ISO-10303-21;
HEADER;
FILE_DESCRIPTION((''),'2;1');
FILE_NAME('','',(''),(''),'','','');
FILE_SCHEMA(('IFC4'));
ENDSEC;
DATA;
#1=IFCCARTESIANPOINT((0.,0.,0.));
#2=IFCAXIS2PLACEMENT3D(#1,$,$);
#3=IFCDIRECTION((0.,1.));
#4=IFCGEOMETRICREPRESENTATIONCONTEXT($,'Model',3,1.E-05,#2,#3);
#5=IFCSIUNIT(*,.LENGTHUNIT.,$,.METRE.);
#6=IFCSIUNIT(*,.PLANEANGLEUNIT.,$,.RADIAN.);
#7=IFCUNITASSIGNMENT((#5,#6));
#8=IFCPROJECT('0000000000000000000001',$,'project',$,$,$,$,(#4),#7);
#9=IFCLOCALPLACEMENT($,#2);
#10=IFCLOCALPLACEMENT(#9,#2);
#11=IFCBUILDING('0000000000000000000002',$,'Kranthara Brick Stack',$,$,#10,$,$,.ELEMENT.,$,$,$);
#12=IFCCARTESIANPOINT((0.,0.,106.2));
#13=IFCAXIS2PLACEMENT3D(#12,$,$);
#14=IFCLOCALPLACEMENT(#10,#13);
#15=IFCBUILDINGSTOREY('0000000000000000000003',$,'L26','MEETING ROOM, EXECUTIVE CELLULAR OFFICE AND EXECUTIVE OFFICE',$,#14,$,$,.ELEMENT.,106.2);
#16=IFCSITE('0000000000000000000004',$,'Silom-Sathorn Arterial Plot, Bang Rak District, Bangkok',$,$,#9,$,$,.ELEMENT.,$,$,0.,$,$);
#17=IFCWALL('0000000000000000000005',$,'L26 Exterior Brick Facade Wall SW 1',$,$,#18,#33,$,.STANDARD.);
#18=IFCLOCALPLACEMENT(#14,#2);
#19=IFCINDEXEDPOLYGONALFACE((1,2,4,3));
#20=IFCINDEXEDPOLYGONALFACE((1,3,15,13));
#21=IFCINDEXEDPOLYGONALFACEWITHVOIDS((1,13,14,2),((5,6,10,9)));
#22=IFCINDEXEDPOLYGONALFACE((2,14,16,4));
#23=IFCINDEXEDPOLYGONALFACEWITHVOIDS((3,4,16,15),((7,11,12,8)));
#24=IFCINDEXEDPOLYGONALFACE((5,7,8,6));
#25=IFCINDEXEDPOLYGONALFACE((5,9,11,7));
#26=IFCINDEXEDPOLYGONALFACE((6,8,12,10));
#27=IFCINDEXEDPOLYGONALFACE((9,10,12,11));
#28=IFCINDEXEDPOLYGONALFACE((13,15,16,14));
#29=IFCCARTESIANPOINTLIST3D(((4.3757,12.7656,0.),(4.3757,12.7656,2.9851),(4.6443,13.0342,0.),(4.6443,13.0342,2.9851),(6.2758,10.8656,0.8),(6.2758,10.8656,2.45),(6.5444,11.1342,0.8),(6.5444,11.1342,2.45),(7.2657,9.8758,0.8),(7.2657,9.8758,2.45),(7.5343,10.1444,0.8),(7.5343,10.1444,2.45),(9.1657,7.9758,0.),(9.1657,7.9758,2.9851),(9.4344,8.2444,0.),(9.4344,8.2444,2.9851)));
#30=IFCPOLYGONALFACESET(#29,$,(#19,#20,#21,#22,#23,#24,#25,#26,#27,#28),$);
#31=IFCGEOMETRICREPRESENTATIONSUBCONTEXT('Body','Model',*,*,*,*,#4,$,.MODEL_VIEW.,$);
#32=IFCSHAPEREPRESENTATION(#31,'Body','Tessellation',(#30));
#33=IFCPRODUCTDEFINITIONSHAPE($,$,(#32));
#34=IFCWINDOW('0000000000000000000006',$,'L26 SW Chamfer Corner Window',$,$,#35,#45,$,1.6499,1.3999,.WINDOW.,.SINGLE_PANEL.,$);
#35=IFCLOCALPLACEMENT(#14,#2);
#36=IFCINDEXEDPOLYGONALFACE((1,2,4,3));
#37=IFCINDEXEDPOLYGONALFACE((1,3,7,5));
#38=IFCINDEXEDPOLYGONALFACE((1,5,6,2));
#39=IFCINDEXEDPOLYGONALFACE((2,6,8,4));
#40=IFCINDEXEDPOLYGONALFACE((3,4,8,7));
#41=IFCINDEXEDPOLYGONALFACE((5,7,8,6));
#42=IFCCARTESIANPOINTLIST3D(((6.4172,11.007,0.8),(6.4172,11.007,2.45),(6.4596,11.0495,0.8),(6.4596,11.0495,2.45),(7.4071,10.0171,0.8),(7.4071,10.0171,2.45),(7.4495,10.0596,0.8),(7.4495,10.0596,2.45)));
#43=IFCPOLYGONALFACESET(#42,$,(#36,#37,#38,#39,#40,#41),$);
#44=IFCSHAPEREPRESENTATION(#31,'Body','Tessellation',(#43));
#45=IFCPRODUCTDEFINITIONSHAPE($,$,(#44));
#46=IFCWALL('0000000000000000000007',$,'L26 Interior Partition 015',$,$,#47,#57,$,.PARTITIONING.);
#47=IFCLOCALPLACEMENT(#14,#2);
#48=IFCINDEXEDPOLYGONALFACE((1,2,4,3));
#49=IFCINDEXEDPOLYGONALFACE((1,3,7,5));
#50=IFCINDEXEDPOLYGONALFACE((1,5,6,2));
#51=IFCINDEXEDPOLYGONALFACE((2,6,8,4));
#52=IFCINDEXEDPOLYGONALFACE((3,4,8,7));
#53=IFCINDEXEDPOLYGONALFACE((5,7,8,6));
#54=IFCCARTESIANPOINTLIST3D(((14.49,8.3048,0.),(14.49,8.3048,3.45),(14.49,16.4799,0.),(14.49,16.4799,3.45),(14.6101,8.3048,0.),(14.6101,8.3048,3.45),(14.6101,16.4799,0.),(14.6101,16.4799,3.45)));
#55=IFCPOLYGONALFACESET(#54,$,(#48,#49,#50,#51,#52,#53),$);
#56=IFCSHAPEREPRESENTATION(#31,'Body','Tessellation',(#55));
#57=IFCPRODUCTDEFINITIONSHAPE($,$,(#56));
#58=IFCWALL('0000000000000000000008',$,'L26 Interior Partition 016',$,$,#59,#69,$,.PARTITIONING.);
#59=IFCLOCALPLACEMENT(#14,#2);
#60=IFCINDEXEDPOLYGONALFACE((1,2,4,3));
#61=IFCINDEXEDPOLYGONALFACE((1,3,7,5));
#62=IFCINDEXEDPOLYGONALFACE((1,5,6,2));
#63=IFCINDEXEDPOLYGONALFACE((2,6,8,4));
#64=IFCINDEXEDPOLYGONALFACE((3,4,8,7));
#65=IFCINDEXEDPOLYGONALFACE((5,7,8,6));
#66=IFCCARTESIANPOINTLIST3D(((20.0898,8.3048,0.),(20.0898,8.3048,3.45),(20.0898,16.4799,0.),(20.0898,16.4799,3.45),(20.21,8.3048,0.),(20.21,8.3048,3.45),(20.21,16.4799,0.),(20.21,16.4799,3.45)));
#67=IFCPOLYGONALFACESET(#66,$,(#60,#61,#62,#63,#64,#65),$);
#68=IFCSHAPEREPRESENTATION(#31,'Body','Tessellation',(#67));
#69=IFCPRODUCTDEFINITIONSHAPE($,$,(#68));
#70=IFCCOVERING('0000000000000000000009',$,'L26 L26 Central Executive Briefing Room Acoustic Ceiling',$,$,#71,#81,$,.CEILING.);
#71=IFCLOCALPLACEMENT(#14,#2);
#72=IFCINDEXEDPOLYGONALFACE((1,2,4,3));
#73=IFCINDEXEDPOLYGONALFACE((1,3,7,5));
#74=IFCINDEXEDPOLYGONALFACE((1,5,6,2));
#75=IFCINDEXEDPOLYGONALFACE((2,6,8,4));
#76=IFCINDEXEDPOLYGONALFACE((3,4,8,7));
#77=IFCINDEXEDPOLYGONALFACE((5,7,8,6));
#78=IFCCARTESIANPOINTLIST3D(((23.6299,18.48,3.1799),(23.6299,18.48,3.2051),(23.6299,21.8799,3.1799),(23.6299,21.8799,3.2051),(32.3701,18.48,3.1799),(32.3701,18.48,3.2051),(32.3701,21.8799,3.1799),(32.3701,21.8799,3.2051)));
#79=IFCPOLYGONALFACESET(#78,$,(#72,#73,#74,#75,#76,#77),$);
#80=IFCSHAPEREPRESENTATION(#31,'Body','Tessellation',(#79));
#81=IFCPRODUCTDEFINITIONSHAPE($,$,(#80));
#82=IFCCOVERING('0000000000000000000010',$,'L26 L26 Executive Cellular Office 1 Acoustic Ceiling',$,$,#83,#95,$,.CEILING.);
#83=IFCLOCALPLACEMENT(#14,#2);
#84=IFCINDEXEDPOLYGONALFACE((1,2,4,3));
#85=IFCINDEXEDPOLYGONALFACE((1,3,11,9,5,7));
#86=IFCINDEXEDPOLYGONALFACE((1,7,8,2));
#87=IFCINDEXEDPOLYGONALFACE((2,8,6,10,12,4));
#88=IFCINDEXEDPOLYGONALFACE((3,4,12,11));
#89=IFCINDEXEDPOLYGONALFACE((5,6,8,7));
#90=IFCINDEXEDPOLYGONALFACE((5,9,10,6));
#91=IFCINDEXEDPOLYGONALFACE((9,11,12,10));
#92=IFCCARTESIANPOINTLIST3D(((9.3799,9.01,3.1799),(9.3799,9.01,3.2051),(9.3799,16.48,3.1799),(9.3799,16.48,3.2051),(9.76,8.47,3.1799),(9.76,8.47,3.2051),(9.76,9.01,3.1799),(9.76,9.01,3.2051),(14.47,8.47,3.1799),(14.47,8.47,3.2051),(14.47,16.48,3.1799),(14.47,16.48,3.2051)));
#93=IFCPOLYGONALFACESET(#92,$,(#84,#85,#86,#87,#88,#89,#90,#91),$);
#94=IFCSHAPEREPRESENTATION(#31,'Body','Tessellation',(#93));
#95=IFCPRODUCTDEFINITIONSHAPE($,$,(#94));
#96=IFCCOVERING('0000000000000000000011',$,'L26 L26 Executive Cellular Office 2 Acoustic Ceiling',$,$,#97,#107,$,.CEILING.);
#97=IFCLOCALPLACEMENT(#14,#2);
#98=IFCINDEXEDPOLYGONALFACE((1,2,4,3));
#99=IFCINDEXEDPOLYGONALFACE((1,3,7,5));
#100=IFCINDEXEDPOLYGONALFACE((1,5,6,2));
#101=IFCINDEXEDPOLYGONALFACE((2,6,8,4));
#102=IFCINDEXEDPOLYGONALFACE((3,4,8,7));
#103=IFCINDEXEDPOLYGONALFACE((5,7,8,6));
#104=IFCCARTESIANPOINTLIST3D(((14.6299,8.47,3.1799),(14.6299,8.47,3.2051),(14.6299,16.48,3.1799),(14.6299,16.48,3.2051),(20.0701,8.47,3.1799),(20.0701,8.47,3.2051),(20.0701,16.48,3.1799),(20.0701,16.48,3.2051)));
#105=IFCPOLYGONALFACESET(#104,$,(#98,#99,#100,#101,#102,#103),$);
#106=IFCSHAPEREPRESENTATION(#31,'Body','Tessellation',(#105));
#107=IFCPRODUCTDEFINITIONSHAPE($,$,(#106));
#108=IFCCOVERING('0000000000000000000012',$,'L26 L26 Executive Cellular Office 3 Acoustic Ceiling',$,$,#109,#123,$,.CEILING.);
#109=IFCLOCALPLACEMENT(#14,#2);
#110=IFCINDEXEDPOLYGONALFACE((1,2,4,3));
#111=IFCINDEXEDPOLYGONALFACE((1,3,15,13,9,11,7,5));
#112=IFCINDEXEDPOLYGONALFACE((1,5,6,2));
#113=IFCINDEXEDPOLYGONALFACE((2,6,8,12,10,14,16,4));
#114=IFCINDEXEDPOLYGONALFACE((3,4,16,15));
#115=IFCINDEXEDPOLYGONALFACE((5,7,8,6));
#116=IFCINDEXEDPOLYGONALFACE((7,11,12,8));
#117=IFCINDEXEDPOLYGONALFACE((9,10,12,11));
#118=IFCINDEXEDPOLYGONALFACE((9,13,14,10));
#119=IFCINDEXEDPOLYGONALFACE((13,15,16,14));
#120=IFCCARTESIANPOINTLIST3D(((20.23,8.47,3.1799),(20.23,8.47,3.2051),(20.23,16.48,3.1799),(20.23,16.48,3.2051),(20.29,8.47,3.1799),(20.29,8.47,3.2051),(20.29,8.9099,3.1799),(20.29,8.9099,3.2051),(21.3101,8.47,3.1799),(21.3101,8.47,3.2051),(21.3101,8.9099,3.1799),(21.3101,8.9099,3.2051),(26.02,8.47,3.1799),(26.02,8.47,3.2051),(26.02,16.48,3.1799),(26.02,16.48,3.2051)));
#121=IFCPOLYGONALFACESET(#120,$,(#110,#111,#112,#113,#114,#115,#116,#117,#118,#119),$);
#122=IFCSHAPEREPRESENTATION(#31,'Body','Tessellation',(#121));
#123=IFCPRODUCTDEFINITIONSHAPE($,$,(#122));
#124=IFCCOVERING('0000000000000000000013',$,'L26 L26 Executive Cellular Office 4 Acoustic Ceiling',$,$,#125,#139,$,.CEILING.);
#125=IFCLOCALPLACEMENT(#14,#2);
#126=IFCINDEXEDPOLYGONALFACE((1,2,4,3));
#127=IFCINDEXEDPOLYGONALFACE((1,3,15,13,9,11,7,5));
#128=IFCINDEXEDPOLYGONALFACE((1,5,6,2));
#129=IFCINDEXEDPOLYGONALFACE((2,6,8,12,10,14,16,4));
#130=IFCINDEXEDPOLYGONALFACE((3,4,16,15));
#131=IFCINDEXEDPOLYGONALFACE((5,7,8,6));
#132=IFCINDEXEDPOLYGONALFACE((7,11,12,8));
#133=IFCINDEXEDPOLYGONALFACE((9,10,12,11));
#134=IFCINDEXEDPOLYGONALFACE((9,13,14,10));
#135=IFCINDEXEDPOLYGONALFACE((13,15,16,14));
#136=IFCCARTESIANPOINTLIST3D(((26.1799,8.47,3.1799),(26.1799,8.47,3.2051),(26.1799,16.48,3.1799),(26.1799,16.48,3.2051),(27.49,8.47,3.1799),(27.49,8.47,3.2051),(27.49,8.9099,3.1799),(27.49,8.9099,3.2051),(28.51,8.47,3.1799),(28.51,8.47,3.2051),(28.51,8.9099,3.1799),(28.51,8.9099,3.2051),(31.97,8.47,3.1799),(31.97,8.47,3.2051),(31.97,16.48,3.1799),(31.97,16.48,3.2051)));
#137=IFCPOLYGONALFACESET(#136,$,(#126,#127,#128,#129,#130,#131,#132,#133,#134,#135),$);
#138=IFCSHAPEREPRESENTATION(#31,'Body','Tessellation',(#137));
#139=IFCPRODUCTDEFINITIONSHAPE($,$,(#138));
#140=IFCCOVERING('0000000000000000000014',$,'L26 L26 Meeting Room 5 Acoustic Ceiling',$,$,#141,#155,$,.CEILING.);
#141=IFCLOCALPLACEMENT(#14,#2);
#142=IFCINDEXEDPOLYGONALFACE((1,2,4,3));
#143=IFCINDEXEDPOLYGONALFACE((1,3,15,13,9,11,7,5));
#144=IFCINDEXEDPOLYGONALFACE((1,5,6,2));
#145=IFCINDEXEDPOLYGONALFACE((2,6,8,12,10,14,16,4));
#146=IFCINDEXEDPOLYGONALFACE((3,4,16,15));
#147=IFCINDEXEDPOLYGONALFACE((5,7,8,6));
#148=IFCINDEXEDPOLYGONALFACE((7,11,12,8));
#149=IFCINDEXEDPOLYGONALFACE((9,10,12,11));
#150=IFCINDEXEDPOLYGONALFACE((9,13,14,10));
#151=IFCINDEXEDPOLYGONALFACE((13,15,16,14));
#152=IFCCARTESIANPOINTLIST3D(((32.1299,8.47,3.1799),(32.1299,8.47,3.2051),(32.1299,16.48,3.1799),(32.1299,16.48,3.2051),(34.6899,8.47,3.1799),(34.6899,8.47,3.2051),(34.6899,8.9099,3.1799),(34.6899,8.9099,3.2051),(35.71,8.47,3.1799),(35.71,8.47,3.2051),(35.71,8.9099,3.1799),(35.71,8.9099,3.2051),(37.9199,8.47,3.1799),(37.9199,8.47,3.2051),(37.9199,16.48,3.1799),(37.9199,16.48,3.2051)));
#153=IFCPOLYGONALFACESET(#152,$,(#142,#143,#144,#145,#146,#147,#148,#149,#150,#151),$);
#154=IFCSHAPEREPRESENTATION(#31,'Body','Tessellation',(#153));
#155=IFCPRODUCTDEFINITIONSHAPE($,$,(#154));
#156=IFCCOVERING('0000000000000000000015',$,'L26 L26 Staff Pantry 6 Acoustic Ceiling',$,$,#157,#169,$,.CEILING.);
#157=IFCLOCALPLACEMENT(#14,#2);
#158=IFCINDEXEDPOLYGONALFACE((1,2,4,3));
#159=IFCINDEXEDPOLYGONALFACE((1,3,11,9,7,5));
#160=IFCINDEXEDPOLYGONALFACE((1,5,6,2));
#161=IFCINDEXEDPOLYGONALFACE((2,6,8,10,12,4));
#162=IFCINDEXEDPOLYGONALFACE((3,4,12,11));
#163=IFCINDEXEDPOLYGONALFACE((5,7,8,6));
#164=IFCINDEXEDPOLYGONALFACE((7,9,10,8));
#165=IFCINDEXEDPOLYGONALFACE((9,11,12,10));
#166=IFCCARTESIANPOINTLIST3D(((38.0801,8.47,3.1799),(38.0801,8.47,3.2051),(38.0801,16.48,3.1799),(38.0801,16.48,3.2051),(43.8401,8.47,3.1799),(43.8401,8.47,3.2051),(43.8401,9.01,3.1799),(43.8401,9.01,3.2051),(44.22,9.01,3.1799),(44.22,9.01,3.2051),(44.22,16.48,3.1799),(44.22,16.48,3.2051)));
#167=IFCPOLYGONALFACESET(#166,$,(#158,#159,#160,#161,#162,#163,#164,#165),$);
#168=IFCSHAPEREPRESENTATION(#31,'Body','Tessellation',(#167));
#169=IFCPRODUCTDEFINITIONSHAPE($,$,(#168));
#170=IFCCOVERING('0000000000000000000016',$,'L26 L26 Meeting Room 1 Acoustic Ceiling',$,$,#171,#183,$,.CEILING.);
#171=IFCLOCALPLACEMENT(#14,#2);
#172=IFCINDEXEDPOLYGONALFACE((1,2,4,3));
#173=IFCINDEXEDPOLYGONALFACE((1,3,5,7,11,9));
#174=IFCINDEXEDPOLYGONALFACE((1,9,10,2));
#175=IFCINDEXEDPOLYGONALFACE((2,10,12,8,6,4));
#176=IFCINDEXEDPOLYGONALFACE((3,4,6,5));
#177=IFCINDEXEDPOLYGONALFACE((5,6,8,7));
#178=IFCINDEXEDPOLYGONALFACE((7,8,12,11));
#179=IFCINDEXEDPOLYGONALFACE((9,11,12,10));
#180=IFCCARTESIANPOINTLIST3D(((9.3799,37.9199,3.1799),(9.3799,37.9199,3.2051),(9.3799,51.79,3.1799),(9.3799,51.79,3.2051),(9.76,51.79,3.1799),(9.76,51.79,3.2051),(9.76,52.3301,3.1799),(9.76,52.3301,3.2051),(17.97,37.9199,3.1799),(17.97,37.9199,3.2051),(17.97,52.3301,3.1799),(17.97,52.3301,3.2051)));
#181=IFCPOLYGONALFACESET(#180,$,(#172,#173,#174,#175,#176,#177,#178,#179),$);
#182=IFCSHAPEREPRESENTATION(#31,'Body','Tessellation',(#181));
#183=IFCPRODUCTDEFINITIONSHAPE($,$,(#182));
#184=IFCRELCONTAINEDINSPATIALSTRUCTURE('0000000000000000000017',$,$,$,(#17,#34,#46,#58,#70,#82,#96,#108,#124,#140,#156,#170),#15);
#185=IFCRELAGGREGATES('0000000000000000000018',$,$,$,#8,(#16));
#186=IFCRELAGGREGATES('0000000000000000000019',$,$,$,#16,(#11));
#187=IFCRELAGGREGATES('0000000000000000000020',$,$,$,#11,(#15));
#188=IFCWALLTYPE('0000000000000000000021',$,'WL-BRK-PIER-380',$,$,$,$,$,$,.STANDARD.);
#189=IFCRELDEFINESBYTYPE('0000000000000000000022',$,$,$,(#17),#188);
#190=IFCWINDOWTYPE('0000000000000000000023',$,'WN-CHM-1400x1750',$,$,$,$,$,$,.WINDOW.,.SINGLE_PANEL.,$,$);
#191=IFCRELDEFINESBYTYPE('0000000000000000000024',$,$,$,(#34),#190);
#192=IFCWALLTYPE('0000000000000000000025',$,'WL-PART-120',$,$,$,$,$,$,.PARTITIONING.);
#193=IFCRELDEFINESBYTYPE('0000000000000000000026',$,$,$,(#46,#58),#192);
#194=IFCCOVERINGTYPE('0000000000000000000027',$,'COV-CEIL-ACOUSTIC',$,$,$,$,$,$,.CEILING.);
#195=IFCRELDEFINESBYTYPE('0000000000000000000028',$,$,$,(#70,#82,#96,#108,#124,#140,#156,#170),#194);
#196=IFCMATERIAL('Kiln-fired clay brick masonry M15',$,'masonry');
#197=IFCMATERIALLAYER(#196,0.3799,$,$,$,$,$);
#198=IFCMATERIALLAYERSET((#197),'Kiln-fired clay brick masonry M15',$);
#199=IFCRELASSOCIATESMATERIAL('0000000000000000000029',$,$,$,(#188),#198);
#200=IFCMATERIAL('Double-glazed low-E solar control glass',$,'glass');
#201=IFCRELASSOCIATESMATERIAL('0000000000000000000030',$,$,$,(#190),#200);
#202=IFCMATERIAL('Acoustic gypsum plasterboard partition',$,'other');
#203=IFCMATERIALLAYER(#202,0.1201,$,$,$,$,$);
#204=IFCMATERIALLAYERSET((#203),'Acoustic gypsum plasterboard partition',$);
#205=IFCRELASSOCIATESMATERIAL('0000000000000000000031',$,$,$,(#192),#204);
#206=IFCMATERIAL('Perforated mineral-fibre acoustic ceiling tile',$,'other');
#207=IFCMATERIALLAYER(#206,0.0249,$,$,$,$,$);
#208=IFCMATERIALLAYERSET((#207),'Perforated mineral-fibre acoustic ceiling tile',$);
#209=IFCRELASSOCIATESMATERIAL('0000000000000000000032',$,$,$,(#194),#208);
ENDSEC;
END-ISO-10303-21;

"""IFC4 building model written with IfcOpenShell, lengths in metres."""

from ifc_helpers import new_model, si_unit, direction, frame, frame_2d, origin, place, context, subcontext, project, spatial, polyline, rectangle, outline, extrude, material, layer, layer_set, type_object, element, fill, save


model = new_model("IFC4")

# Units and contexts
model_context = context("Model", 3, precision=1e-05, world=origin(), true_north=direction((0.0, 1.0)))
body_context = subcontext(model_context, "Body", "Model", "MODEL_VIEW")
ifc_project = project(units=[si_unit("LENGTHUNIT", "METRE"), si_unit("PLANEANGLEUNIT", "RADIAN")], contexts=[model_context])

# Site, building, storey
site_placement = place(None, origin())
site = spatial("IfcSite", under=ifc_project, at=site_placement, Name="Silom-Sathorn Arterial Plot, Bang Rak District, Bangkok", CompositionType="ELEMENT", RefElevation=0.0)
building_placement = place(site_placement, origin())
building = spatial("IfcBuilding", under=site, at=building_placement, Name="Kranthara Brick Stack", CompositionType="ELEMENT")
storey_placement = place(building_placement, frame((0.0, 0.0, 106.2)))
storey = spatial("IfcBuildingStorey", under=building, at=storey_placement, Name="L26", Description="MEETING ROOM, EXECUTIVE CELLULAR OFFICE AND EXECUTIVE OFFICE", CompositionType="ELEMENT", Elevation=106.2)

# Wall, opening, window
ifc_material_1 = material(Name="Kiln-fired clay brick masonry M15", Category="masonry")
ifc_layer_1 = layer(ifc_material_1, 0.3799)
ifc_layer_set_1 = layer_set([ifc_layer_1], Name="Kiln-fired clay brick masonry M15")
wall_type_1 = type_object("IfcWallType", Name="WL-BRK-PIER-380", PredefinedType="STANDARD", material=ifc_layer_set_1)
wall_placement = place(storey_placement, frame((9.3, 8.1101, 0.0), z_axis=(0.0, 0.0, 1.0), x_axis=(-0.707125, 0.707089, 0.0)))
wall = element("IfcWall", 1, at=wall_placement, inside=storey, type_object=wall_type_1, Name="L26 Exterior Brick Facade Wall SW 1", PredefinedType="STANDARD", context=body_context, shape_type="SweptSolid", body=[
    extrude(rectangle(XDim=6.7739, YDim=0.3799, at=frame_2d((3.387, 0.0))), origin(), (0.0, 0.0, 1.0), 2.9851),
])
opening_placement = place(wall_placement, frame((2.687, 0.0, 0.8)))
opening = element("IfcOpeningElement", 2, at=opening_placement, cuts=wall, PredefinedType="OPENING", context=body_context, shape_type="SweptSolid", body=[
    extrude(rectangle(XDim=1.3999, YDim=1.6499, at=frame_2d((0.7, 0.825))), frame((0.0, 0.2, 0.0), z_axis=(0.0, -1.0, 0.0), x_axis=(1.0, 0.0, 0.0)), (0.0, 0.0, 1.0), 0.3999),
])
ifc_material_2 = material(Name="Double-glazed low-E solar control glass", Category="glass")
window_type = type_object("IfcWindowType", Name="WN-CHM-1400x1750", PartitioningType="SINGLE_PANEL", PredefinedType="WINDOW", material=ifc_material_2)
window_placement = place(opening_placement, origin())
window = element("IfcWindow", 3, at=window_placement, inside=storey, type_object=window_type, Name="L26 SW Chamfer Corner Window", OverallHeight=1.6499, OverallWidth=1.3999, PartitioningType="SINGLE_PANEL", PredefinedType="WINDOW", context=body_context, shape_type="SweptSolid", body=[
    extrude(rectangle(XDim=1.3999, YDim=1.6499, at=frame_2d((0.7, 0.825))), frame((0.0, -0.01, 0.0), z_axis=(0.0, -1.0, 0.0), x_axis=(1.0, 0.0, 0.0)), (0.0, 0.0, 1.0), 0.0601),
])
fill(opening, window)

# Walls
ifc_material_3 = material(Name="Acoustic gypsum plasterboard partition", Category="other")
ifc_layer_2 = layer(ifc_material_3, 0.1201)
ifc_layer_set_2 = layer_set([ifc_layer_2], Name="Acoustic gypsum plasterboard partition")
wall_type_2 = type_object("IfcWallType", Name="WL-PART-120", PredefinedType="PARTITIONING", material=ifc_layer_set_2)
for number, where, z_axis, x_axis, name in (
    (4, (14.55, 8.3049, 0.0), (0.0, 0.0, 1.0), (0.0, 1.0, 0.0), "L26 Interior Partition 015"),
    (5, (20.1499, 8.3049, 0.0), (0.0, 0.0, 1.0), (0.0, 1.0, 0.0), "L26 Interior Partition 016"),
):
    element("IfcWall", number, at=place(storey_placement, frame(where, z_axis=z_axis, x_axis=x_axis)), inside=storey, type_object=wall_type_2, Name=name, PredefinedType="PARTITIONING", context=body_context, shape_type="SweptSolid", body=[
        extrude(rectangle(XDim=8.175, YDim=0.1201, at=frame_2d((4.0874, 0.0))), origin(), (0.0, 0.0, 1.0), 3.45),
    ])

# Coverings
ifc_material_4 = material(Name="Perforated mineral-fibre acoustic ceiling tile", Category="other")
ifc_layer_3 = layer(ifc_material_4, 0.0249)
ifc_layer_set_3 = layer_set([ifc_layer_3], Name="Perforated mineral-fibre acoustic ceiling tile")
covering_type_1 = type_object("IfcCoveringType", Name="COV-CEIL-ACOUSTIC", PredefinedType="CEILING", material=ifc_layer_set_3)
covering_1_placement = place(storey_placement, frame((0.0, 0.0, 3.1799)))
element("IfcCovering", 6, at=covering_1_placement, inside=storey, type_object=covering_type_1, Name="L26 L26 Central Executive Briefing Room Acoustic Ceiling", PredefinedType="CEILING", context=body_context, shape_type="SweptSolid", body=[
    extrude(outline(polyline([(32.3701, 18.48), (32.3701, 21.8799), (23.6299, 21.8799), (23.6299, 18.48), (32.3701, 18.48)])), origin(), (0.0, 0.0, 1.0), 0.0251),
])
covering_2_placement = place(storey_placement, frame((0.0, 0.0, 3.1799)))
element("IfcCovering", 7, at=covering_2_placement, inside=storey, type_object=covering_type_1, Name="L26 L26 Executive Cellular Office 1 Acoustic Ceiling", PredefinedType="CEILING", context=body_context, shape_type="SweptSolid", body=[
    extrude(outline(polyline([(9.3799, 16.48), (14.47, 16.48), (14.47, 8.47), (9.76, 8.47), (9.76, 9.01), (9.3799, 9.01), (9.3799, 16.48)])), origin(), (0.0, 0.0, 1.0), 0.0251),
])
covering_3_placement = place(storey_placement, frame((0.0, 0.0, 3.1799)))
element("IfcCovering", 8, at=covering_3_placement, inside=storey, type_object=covering_type_1, Name="L26 L26 Executive Cellular Office 2 Acoustic Ceiling", PredefinedType="CEILING", context=body_context, shape_type="SweptSolid", body=[
    extrude(outline(polyline([(20.0701, 8.47), (20.0701, 16.48), (14.6299, 16.48), (14.6299, 8.47), (20.0701, 8.47)])), origin(), (0.0, 0.0, 1.0), 0.0251),
])
covering_4_placement = place(storey_placement, frame((0.0, 0.0, 3.1799)))
element("IfcCovering", 9, at=covering_4_placement, inside=storey, type_object=covering_type_1, Name="L26 L26 Executive Cellular Office 3 Acoustic Ceiling", PredefinedType="CEILING", context=body_context, shape_type="SweptSolid", body=[
    extrude(outline(polyline([(20.23, 8.47), (20.23, 16.48), (26.02, 16.48), (26.02, 8.47), (21.3101, 8.47), (21.3101, 8.9099), (20.29, 8.9099), (20.29, 8.47), (20.23, 8.47)])), origin(), (0.0, 0.0, 1.0), 0.0251),
])
covering_5_placement = place(storey_placement, frame((0.0, 0.0, 3.1799)))
element("IfcCovering", 10, at=covering_5_placement, inside=storey, type_object=covering_type_1, Name="L26 L26 Executive Cellular Office 4 Acoustic Ceiling", PredefinedType="CEILING", context=body_context, shape_type="SweptSolid", body=[
    extrude(outline(polyline([(26.1799, 8.47), (26.1799, 16.48), (31.97, 16.48), (31.97, 8.47), (28.51, 8.47), (28.51, 8.9099), (27.49, 8.9099), (27.49, 8.47), (26.1799, 8.47)])), origin(), (0.0, 0.0, 1.0), 0.0251),
])
covering_6_placement = place(storey_placement, frame((0.0, 0.0, 3.1799)))
element("IfcCovering", 11, at=covering_6_placement, inside=storey, type_object=covering_type_1, Name="L26 L26 Meeting Room 5 Acoustic Ceiling", PredefinedType="CEILING", context=body_context, shape_type="SweptSolid", body=[
    extrude(outline(polyline([(32.1299, 8.47), (32.1299, 16.48), (37.9199, 16.48), (37.9199, 8.47), (35.71, 8.47), (35.71, 8.9099), (34.6899, 8.9099), (34.6899, 8.47), (32.1299, 8.47)])), origin(), (0.0, 0.0, 1.0), 0.0251),
])
covering_7_placement = place(storey_placement, frame((0.0, 0.0, 3.1799)))
element("IfcCovering", 12, at=covering_7_placement, inside=storey, type_object=covering_type_1, Name="L26 L26 Staff Pantry 6 Acoustic Ceiling", PredefinedType="CEILING", context=body_context, shape_type="SweptSolid", body=[
    extrude(outline(polyline([(38.0801, 8.47), (38.0801, 16.48), (44.22, 16.48), (44.22, 9.01), (43.8401, 9.01), (43.8401, 8.47), (38.0801, 8.47)])), origin(), (0.0, 0.0, 1.0), 0.0251),
])
covering_8_placement = place(storey_placement, frame((0.0, 0.0, 3.1799)))
element("IfcCovering", 13, at=covering_8_placement, inside=storey, type_object=covering_type_1, Name="L26 L26 Meeting Room 1 Acoustic Ceiling", PredefinedType="CEILING", context=body_context, shape_type="SweptSolid", body=[
    extrude(outline(polyline([(17.97, 52.3301), (17.97, 37.9199), (9.3799, 37.9199), (9.3799, 51.79), (9.76, 51.79), (9.76, 52.3301), (17.97, 52.3301)])), origin(), (0.0, 0.0, 1.0), 0.0251),
])

save(model, "model.ifc")
